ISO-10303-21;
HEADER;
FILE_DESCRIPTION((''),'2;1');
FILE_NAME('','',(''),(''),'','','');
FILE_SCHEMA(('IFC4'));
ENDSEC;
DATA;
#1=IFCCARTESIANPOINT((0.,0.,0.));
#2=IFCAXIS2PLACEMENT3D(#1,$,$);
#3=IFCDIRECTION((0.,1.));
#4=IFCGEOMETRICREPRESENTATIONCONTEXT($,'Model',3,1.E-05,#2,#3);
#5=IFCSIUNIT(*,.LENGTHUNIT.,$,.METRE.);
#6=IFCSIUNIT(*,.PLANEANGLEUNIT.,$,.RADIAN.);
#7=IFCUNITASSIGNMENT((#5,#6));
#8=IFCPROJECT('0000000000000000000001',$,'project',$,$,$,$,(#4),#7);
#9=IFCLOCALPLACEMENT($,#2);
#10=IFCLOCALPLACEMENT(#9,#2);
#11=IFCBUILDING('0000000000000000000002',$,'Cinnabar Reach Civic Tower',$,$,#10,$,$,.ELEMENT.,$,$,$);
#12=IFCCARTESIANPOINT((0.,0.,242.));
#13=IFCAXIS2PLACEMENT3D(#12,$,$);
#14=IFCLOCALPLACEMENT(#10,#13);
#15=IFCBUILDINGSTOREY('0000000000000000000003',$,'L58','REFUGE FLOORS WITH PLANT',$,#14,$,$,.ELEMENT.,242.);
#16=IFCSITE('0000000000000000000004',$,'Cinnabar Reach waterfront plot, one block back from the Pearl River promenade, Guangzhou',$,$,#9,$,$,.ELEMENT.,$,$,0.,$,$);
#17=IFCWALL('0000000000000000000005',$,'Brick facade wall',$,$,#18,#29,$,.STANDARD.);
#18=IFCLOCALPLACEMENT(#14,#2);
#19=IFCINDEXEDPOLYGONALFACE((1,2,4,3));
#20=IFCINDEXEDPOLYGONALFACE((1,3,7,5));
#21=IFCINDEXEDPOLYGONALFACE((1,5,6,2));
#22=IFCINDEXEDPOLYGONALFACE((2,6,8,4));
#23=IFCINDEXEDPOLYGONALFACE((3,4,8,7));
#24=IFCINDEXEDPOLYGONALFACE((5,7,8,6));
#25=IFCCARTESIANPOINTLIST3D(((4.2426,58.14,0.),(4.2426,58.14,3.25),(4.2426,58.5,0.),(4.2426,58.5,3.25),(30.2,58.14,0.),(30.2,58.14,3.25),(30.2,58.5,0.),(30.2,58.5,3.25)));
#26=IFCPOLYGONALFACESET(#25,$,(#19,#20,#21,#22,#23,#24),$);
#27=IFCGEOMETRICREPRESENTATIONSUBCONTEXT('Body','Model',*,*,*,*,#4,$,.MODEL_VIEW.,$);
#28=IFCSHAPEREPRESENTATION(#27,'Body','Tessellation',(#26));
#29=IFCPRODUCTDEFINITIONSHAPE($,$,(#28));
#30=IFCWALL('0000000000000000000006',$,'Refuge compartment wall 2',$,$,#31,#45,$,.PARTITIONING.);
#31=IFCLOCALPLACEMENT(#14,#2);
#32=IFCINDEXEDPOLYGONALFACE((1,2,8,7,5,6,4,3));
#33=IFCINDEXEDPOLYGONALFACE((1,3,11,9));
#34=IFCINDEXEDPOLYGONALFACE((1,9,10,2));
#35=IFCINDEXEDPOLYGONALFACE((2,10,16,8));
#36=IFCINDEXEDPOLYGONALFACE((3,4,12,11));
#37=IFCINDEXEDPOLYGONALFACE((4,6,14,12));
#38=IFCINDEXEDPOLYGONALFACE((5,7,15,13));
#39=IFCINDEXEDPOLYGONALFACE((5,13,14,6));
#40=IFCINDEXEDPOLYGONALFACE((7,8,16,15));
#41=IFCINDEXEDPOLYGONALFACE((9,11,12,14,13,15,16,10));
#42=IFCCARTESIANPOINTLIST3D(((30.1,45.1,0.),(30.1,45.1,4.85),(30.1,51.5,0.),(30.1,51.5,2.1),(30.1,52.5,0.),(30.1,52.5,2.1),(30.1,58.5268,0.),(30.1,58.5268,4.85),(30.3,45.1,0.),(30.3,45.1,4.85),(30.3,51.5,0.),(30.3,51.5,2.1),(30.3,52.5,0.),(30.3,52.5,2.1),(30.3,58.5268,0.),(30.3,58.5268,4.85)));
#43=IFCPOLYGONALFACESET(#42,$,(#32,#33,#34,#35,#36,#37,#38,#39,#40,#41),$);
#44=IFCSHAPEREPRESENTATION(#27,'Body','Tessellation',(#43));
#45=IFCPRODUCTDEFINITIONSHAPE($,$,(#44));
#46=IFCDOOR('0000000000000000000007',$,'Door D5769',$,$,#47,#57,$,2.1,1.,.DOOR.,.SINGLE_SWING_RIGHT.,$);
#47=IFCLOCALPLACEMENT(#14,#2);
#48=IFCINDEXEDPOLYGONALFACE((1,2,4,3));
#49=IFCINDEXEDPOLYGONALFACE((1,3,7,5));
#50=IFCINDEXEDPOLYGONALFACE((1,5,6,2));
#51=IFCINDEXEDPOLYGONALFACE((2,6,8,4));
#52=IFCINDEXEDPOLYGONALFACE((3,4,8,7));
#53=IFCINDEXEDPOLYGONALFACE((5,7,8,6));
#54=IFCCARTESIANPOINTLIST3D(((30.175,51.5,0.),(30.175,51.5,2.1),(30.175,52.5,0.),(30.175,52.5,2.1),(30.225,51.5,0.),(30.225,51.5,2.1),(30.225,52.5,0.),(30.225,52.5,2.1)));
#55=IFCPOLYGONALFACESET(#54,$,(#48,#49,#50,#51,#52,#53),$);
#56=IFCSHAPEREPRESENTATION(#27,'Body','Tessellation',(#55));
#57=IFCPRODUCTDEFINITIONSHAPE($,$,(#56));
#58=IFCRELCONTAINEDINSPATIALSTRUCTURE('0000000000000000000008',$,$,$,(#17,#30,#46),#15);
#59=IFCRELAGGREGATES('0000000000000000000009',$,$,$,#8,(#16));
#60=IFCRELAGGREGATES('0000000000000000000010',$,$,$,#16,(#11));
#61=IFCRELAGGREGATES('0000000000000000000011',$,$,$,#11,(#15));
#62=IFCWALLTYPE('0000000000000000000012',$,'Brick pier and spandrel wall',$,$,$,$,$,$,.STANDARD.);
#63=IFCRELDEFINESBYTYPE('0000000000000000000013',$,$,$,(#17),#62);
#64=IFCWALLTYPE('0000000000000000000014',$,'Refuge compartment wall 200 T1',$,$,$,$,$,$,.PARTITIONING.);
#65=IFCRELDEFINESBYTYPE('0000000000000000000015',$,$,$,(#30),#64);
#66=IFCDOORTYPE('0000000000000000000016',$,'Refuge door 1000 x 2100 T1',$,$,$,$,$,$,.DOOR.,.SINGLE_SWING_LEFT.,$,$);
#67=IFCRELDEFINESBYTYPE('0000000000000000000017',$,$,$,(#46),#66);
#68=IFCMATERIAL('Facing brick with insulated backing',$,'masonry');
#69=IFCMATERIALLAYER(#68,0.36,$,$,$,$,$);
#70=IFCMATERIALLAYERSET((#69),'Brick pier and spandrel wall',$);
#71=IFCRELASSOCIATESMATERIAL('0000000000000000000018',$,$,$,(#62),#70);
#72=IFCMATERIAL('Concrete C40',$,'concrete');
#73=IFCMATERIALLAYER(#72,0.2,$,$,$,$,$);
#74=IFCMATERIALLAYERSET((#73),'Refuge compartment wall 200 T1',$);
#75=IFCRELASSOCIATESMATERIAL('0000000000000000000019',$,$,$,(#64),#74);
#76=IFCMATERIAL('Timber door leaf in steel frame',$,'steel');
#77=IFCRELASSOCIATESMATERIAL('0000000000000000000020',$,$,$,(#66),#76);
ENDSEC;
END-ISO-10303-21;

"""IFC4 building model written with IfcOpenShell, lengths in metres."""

from ifc_helpers import new_model, si_unit, direction, frame, frame_2d, origin, place, context, subcontext, project, spatial, rectangle, extrude, material, layer, layer_set, type_object, element, fill, save


model = new_model("IFC4")

# Units and contexts
model_context = context("Model", 3, precision=1e-05, world=origin(), true_north=direction((0.0, 1.0)))
body_context = subcontext(model_context, "Body", "Model", "MODEL_VIEW")
ifc_project = project(units=[si_unit("LENGTHUNIT", "METRE"), si_unit("PLANEANGLEUNIT", "RADIAN")], contexts=[model_context])

# Site, building, storey
site_placement = place(None, origin())
site = spatial("IfcSite", under=ifc_project, at=site_placement, Name="Cinnabar Reach waterfront plot, one block back from the Pearl River promenade, Guangzhou", CompositionType="ELEMENT", RefElevation=0.0)
building_placement = place(site_placement, origin())
building = spatial("IfcBuilding", under=site, at=building_placement, Name="Cinnabar Reach Civic Tower", CompositionType="ELEMENT")
storey_placement = place(building_placement, frame((0.0, 0.0, 242.0)))
storey = spatial("IfcBuildingStorey", under=building, at=storey_placement, Name="L58", Description="REFUGE FLOORS WITH PLANT", CompositionType="ELEMENT", Elevation=242.0)

# Wall
ifc_material_1 = material(Name="Facing brick with insulated backing", Category="masonry")
ifc_layer_1 = layer(ifc_material_1, 0.36)
ifc_layer_set_1 = layer_set([ifc_layer_1], Name="Brick pier and spandrel wall")
wall_type_1 = type_object("IfcWallType", Name="Brick pier and spandrel wall", PredefinedType="STANDARD", material=ifc_layer_set_1)
wall_1_placement = place(storey_placement, frame((30.2, 58.32, 0.0), z_axis=(0.0, 0.0, 1.0), x_axis=(-1.0, 0.0, 0.0)))
element("IfcWall", 1, at=wall_1_placement, inside=storey, type_object=wall_type_1, Name="Brick facade wall", PredefinedType="STANDARD", context=body_context, shape_type="SweptSolid", body=[
    extrude(rectangle(XDim=25.9574, YDim=0.36, at=frame_2d((12.9787, 0.0))), origin(), (0.0, 0.0, 1.0), 3.25),
])

# Wall, opening, door
ifc_material_2 = material(Name="Concrete C40", Category="concrete")
ifc_layer_2 = layer(ifc_material_2, 0.2)
ifc_layer_set_2 = layer_set([ifc_layer_2], Name="Refuge compartment wall 200 T1")
wall_type_2 = type_object("IfcWallType", Name="Refuge compartment wall 200 T1", PredefinedType="PARTITIONING", material=ifc_layer_set_2)
wall_2_placement = place(storey_placement, frame((30.2, 45.1, 0.0), z_axis=(0.0, 0.0, 1.0), x_axis=(0.0, 1.0, 0.0)))
wall_2 = element("IfcWall", 2, at=wall_2_placement, inside=storey, type_object=wall_type_2, Name="Refuge compartment wall 2", PredefinedType="PARTITIONING", context=body_context, shape_type="SweptSolid", body=[
    extrude(rectangle(XDim=13.4268, YDim=0.2, at=frame_2d((6.7134, 0.0))), origin(), (0.0, 0.0, 1.0), 4.85),
])
opening_placement = place(wall_2_placement, frame((6.4, 0.0, 0.0)))
opening = element("IfcOpeningElement", 3, at=opening_placement, cuts=wall_2, PredefinedType="OPENING", context=body_context, shape_type="SweptSolid", body=[
    extrude(rectangle(XDim=1.0, YDim=2.1, at=frame_2d((0.5, 1.05))), frame((0.0, 0.11, 0.0), z_axis=(0.0, -1.0, 0.0), x_axis=(1.0, 0.0, 0.0)), (0.0, 0.0, 1.0), 0.22),
])
ifc_material_3 = material(Name="Timber door leaf in steel frame", Category="steel")
door_type = type_object("IfcDoorType", Name="Refuge door 1000 x 2100 T1", OperationType="SINGLE_SWING_LEFT", PredefinedType="DOOR", material=ifc_material_3)
door_placement = place(opening_placement, frame((1.0, 0.0, 0.0), z_axis=(0.0, 0.0, 1.0), x_axis=(-1.0, 0.0, 0.0)))
door = element("IfcDoor", 4, at=door_placement, inside=storey, type_object=door_type, Name="Door D5769", OperationType="SINGLE_SWING_RIGHT", OverallHeight=2.1, OverallWidth=1.0, PredefinedType="DOOR", context=body_context, shape_type="SweptSolid", body=[
    extrude(rectangle(XDim=1.0, YDim=2.1, at=frame_2d((0.5, 1.05))), frame((0.0, 0.025, 0.0), z_axis=(0.0, -1.0, 0.0), x_axis=(1.0, 0.0, 0.0)), (0.0, 0.0, 1.0), 0.05),
])
fill(opening, door)

save(model, "model.ifc")
